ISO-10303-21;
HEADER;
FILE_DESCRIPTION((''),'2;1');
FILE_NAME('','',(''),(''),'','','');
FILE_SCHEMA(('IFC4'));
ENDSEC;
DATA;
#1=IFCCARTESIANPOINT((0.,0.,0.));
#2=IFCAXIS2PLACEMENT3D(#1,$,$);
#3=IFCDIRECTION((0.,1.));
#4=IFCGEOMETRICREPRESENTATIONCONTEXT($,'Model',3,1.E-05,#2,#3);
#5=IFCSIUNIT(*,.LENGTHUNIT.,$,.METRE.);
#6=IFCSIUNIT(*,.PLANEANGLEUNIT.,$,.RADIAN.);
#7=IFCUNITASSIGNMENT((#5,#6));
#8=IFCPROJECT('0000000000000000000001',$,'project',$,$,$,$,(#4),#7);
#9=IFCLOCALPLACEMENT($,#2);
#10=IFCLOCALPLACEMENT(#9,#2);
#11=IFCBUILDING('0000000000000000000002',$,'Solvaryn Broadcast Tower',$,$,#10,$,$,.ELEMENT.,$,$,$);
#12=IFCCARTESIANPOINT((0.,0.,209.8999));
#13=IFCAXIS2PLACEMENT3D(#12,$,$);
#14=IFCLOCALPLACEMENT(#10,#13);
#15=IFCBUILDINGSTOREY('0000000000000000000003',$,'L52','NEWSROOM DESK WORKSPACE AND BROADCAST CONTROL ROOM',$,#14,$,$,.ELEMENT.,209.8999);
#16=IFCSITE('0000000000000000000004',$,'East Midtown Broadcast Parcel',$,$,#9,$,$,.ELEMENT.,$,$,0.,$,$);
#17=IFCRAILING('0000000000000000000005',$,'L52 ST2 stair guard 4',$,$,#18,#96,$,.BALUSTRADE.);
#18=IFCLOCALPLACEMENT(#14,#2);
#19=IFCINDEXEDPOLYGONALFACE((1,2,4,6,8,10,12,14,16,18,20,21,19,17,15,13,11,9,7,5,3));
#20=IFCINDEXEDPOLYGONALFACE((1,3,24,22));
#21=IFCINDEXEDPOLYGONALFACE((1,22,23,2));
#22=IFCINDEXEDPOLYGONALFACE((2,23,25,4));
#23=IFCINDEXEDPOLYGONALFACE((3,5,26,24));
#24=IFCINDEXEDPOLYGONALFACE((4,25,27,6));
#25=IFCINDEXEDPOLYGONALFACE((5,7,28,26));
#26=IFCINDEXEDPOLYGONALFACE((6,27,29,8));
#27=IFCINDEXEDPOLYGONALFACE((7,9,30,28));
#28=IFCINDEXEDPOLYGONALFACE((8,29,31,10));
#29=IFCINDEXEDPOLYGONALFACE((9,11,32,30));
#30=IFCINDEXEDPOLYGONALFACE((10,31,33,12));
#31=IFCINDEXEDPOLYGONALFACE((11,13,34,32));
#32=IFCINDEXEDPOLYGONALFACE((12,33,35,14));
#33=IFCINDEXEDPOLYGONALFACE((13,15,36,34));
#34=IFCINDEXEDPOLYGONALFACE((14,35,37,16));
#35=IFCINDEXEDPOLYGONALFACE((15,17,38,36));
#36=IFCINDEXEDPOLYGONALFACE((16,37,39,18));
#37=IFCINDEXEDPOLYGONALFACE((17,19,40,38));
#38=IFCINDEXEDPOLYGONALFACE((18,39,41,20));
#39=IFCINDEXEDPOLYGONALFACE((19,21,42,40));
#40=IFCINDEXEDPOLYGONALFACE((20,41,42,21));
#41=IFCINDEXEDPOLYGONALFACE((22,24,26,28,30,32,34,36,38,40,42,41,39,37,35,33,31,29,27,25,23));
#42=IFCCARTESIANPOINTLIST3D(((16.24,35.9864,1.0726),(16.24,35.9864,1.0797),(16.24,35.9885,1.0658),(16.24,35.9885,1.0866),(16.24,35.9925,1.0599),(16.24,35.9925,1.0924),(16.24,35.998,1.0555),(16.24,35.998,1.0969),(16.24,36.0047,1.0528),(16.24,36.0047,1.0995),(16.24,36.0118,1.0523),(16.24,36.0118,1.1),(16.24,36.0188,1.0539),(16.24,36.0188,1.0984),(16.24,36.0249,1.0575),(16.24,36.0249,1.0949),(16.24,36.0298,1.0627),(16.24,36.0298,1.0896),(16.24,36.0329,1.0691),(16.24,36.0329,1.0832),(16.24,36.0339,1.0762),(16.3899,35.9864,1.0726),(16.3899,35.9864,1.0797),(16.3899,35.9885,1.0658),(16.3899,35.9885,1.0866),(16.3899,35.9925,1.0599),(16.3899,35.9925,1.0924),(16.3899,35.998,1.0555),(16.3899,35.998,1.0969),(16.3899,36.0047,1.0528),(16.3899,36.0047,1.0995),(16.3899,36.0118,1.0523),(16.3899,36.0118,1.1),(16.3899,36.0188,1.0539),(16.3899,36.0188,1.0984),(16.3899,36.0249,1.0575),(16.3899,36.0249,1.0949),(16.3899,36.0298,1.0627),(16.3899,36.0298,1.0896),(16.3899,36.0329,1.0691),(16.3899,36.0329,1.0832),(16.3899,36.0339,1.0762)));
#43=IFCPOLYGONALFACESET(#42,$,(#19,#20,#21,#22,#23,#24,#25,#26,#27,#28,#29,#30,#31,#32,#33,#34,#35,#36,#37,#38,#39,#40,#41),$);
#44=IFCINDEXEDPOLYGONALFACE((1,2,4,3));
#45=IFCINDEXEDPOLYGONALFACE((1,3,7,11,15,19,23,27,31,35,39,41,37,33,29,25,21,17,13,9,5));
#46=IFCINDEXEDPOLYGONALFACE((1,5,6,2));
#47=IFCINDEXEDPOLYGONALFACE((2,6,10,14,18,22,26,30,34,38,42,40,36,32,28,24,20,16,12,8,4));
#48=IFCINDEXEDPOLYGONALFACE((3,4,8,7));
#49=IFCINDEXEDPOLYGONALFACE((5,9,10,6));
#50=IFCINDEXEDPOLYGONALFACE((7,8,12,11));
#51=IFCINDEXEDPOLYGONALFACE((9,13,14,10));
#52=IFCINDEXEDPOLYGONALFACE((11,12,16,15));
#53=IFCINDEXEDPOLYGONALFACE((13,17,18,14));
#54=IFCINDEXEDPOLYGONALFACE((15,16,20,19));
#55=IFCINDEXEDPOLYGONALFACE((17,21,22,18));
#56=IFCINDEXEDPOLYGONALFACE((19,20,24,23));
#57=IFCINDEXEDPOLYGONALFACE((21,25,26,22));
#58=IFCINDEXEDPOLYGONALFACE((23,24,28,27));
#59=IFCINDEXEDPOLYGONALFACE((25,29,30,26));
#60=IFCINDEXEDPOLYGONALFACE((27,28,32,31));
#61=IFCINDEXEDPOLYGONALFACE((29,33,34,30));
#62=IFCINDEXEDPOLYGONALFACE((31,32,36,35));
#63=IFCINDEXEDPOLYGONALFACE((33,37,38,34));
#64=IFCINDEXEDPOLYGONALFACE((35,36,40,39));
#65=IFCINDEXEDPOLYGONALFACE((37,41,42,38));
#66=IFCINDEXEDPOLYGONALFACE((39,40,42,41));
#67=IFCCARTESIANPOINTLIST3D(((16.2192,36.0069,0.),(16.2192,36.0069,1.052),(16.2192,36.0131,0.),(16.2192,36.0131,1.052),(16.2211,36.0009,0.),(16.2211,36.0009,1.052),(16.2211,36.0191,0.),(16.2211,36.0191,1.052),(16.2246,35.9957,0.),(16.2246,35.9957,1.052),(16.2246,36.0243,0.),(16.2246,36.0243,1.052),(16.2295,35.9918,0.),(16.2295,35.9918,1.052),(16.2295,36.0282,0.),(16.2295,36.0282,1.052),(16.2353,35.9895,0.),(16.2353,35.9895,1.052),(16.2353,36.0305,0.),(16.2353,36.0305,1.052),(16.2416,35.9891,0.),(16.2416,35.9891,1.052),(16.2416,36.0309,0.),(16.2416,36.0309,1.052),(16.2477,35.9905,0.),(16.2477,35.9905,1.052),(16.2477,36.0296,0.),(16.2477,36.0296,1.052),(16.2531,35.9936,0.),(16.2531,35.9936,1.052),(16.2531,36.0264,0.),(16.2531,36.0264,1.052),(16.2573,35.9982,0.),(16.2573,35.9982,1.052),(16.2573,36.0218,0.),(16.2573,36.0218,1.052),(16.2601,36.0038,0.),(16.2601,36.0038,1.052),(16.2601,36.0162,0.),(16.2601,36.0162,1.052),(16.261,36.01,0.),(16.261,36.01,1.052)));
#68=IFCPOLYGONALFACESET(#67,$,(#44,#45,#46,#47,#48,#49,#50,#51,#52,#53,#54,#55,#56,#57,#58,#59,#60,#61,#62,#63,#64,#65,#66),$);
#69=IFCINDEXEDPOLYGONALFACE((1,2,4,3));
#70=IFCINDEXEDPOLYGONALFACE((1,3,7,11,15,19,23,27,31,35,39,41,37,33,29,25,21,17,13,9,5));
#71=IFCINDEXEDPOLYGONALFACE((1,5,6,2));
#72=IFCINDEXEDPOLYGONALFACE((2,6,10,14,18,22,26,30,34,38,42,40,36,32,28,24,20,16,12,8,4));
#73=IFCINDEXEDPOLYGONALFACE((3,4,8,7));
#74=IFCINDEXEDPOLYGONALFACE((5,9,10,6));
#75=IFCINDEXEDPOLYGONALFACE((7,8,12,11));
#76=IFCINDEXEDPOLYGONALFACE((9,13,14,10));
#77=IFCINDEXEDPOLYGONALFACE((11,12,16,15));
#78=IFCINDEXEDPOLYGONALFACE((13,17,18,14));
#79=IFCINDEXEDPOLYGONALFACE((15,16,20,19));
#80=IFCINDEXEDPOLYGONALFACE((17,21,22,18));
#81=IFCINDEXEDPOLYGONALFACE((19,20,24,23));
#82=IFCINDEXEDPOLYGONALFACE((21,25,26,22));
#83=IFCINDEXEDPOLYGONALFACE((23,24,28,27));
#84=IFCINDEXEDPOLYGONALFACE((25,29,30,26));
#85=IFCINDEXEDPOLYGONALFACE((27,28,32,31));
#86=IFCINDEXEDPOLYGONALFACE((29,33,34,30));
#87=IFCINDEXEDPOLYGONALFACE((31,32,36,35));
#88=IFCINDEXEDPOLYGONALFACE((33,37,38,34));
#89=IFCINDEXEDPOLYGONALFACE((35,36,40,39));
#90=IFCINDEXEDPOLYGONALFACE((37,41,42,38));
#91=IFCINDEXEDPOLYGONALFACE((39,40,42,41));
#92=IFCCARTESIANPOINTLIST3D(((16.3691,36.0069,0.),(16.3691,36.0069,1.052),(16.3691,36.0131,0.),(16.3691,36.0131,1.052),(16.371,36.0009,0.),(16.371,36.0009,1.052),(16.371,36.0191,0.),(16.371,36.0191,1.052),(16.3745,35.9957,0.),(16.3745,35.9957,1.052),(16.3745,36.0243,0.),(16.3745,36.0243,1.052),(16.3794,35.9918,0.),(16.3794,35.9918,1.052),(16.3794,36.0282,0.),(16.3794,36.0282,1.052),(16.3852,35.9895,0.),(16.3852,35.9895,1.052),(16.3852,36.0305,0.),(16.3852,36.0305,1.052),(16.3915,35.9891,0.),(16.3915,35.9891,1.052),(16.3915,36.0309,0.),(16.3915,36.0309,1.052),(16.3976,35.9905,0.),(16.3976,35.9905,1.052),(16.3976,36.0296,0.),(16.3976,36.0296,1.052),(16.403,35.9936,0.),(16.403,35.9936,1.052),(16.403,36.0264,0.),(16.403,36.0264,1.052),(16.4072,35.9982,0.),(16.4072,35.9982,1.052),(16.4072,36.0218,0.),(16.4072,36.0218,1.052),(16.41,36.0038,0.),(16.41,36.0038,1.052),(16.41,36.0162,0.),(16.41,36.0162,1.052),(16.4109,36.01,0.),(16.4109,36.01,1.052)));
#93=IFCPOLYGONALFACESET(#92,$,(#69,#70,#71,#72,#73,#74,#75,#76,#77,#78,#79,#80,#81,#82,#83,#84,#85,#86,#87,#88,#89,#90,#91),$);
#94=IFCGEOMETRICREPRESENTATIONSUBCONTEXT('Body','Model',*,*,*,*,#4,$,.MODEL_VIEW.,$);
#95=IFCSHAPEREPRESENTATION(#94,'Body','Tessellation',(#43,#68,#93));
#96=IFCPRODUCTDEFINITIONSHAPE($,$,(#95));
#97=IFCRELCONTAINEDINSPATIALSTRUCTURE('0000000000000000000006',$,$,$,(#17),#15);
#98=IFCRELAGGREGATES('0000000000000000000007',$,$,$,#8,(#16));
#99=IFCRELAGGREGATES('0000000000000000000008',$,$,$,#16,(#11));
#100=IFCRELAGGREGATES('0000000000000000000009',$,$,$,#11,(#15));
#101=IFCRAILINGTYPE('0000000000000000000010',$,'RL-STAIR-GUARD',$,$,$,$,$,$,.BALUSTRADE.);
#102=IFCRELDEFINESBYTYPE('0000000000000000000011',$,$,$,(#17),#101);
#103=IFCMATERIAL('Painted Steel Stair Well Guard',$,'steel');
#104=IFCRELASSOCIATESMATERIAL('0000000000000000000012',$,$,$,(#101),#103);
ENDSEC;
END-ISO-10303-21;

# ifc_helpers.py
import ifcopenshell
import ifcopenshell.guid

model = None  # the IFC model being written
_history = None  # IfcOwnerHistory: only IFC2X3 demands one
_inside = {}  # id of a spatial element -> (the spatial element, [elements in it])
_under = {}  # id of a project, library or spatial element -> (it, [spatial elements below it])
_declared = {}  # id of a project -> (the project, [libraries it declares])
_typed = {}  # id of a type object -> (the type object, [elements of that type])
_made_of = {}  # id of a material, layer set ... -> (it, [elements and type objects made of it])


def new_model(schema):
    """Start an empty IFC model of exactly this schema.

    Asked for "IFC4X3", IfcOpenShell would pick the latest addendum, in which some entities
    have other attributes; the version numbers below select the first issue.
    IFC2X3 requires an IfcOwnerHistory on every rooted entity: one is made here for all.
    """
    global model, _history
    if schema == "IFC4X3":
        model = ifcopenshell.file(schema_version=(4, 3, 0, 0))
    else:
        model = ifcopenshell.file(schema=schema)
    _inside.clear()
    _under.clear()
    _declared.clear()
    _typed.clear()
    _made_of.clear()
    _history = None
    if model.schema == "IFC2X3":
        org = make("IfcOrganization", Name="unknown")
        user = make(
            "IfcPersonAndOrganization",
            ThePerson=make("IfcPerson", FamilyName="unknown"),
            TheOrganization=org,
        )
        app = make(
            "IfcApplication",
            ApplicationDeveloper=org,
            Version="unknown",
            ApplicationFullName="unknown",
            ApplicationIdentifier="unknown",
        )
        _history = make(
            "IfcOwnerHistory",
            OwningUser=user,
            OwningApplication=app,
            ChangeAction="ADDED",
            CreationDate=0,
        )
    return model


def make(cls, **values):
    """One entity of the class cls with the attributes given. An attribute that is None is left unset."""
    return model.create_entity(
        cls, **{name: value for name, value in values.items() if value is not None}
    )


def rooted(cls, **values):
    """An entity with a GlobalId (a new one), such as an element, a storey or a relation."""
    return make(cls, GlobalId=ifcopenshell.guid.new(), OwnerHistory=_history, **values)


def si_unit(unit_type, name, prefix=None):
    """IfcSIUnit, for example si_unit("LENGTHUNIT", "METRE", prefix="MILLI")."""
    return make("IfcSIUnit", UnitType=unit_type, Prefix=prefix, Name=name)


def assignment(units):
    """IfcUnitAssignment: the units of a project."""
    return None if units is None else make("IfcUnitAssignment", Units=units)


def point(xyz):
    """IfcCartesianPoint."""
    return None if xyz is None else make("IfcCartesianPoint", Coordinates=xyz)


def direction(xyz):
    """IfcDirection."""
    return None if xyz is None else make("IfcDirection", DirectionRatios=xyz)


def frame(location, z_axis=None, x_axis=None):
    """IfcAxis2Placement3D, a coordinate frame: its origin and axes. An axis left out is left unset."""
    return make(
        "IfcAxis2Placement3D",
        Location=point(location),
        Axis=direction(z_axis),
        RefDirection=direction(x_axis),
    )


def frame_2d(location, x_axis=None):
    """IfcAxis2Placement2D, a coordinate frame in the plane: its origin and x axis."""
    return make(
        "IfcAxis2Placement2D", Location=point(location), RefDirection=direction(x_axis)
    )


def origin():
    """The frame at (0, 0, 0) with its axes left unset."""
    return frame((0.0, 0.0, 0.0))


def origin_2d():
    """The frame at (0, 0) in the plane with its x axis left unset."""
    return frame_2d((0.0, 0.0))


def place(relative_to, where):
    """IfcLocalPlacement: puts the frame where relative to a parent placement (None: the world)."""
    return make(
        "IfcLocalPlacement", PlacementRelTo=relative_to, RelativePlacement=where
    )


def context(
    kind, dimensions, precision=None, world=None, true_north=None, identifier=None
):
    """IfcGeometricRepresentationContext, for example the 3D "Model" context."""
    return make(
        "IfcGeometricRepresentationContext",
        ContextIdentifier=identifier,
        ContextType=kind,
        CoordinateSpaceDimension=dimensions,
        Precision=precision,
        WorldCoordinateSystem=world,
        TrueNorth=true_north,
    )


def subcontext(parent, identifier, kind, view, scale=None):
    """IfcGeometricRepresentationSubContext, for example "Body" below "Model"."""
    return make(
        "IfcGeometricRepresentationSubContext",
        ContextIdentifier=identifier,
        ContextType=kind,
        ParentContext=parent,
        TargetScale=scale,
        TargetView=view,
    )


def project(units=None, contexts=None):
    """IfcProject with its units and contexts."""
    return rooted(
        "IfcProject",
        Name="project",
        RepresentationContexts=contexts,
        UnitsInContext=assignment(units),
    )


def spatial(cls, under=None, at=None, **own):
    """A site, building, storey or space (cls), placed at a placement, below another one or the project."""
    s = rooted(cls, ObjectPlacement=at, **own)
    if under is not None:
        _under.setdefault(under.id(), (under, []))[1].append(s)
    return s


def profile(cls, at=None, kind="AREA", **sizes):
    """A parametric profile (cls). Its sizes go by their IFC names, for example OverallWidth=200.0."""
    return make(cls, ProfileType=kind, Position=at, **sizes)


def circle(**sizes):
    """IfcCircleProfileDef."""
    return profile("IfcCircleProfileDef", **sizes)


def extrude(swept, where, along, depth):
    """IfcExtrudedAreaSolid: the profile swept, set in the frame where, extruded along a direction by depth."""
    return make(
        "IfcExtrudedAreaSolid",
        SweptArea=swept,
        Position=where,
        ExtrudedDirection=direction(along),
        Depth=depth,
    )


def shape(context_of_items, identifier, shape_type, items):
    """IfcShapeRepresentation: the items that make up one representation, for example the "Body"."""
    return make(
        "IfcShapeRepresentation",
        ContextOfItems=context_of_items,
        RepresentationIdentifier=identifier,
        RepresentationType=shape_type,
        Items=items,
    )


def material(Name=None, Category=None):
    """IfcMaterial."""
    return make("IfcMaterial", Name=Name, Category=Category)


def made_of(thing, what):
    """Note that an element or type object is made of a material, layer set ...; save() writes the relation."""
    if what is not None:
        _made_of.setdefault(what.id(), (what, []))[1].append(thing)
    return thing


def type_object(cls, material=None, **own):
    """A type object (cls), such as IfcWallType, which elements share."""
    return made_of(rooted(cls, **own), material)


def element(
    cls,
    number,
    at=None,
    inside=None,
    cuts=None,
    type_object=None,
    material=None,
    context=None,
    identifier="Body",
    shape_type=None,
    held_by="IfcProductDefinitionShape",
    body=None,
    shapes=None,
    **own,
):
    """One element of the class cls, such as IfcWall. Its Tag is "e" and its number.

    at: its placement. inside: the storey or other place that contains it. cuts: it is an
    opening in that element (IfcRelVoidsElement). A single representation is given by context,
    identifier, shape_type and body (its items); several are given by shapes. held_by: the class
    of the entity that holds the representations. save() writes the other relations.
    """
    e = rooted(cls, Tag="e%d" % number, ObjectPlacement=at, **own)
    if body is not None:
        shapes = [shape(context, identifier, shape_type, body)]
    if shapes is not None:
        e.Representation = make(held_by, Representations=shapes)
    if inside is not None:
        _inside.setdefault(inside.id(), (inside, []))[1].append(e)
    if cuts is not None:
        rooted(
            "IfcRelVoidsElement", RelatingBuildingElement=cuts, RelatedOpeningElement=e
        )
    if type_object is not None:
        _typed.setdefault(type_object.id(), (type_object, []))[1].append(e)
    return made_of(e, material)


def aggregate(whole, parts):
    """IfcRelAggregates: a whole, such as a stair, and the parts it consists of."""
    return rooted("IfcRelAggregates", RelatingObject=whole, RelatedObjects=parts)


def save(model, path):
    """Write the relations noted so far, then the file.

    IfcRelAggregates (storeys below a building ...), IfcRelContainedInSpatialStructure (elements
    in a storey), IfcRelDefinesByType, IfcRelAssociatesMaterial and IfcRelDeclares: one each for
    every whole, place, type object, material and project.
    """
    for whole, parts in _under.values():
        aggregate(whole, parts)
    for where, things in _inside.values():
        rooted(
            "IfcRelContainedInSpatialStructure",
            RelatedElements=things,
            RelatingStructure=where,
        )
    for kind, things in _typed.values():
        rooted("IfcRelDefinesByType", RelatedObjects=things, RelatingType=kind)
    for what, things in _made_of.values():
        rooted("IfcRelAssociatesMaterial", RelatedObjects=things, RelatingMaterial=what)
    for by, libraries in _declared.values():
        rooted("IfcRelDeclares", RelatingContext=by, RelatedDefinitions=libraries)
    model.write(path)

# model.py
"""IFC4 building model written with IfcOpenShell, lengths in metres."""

from ifc_helpers import new_model, si_unit, direction, frame, origin, origin_2d, place, context, subcontext, project, spatial, circle, extrude, material, type_object, element, save


model = new_model("IFC4")

# Units and contexts
model_context = context("Model", 3, precision=1e-05, world=origin(), true_north=direction((0.0, 1.0)))
body_context = subcontext(model_context, "Body", "Model", "MODEL_VIEW")
ifc_project = project(units=[si_unit("LENGTHUNIT", "METRE"), si_unit("PLANEANGLEUNIT", "RADIAN")], contexts=[model_context])

# Site, building, storey
site_placement = place(None, origin())
site = spatial("IfcSite", under=ifc_project, at=site_placement, Name="East Midtown Broadcast Parcel", CompositionType="ELEMENT", RefElevation=0.0)
building_placement = place(site_placement, origin())
building = spatial("IfcBuilding", under=site, at=building_placement, Name="Solvaryn Broadcast Tower", CompositionType="ELEMENT")
storey_placement = place(building_placement, frame((0.0, 0.0, 209.8999)))
storey = spatial("IfcBuildingStorey", under=building, at=storey_placement, Name="L52", Description="NEWSROOM DESK WORKSPACE AND BROADCAST CONTROL ROOM", CompositionType="ELEMENT", Elevation=209.8999)

# Railing
ifc_material_1 = material(Name="Painted Steel Stair Well Guard", Category="steel")
railing_type_1 = type_object("IfcRailingType", Name="RL-STAIR-GUARD", PredefinedType="BALUSTRADE", material=ifc_material_1)
railing_1_placement = place(storey_placement, frame((16.24, 36.01, 0.0)))
element("IfcRailing", 1, at=railing_1_placement, inside=storey, type_object=railing_type_1, Name="L52 ST2 stair guard 4", PredefinedType="BALUSTRADE", context=body_context, shape_type="SweptSolid", body=[
    extrude(circle(Radius=0.0239, at=origin_2d()), frame((0.0, 0.0, 1.0762), z_axis=(1.0, 0.0, 0.0), x_axis=(0.0, 1.0, 0.0)), (0.0, 0.0, 1.0), 0.1499),
    extrude(circle(Radius=0.021, at=origin_2d()), origin(), (0.0, 0.0, 1.0), 1.052),
    extrude(circle(Radius=0.021, at=origin_2d()), frame((0.1499, 0.0, 0.0)), (0.0, 0.0, 1.0), 1.052),
])

save(model, "model.ifc")
